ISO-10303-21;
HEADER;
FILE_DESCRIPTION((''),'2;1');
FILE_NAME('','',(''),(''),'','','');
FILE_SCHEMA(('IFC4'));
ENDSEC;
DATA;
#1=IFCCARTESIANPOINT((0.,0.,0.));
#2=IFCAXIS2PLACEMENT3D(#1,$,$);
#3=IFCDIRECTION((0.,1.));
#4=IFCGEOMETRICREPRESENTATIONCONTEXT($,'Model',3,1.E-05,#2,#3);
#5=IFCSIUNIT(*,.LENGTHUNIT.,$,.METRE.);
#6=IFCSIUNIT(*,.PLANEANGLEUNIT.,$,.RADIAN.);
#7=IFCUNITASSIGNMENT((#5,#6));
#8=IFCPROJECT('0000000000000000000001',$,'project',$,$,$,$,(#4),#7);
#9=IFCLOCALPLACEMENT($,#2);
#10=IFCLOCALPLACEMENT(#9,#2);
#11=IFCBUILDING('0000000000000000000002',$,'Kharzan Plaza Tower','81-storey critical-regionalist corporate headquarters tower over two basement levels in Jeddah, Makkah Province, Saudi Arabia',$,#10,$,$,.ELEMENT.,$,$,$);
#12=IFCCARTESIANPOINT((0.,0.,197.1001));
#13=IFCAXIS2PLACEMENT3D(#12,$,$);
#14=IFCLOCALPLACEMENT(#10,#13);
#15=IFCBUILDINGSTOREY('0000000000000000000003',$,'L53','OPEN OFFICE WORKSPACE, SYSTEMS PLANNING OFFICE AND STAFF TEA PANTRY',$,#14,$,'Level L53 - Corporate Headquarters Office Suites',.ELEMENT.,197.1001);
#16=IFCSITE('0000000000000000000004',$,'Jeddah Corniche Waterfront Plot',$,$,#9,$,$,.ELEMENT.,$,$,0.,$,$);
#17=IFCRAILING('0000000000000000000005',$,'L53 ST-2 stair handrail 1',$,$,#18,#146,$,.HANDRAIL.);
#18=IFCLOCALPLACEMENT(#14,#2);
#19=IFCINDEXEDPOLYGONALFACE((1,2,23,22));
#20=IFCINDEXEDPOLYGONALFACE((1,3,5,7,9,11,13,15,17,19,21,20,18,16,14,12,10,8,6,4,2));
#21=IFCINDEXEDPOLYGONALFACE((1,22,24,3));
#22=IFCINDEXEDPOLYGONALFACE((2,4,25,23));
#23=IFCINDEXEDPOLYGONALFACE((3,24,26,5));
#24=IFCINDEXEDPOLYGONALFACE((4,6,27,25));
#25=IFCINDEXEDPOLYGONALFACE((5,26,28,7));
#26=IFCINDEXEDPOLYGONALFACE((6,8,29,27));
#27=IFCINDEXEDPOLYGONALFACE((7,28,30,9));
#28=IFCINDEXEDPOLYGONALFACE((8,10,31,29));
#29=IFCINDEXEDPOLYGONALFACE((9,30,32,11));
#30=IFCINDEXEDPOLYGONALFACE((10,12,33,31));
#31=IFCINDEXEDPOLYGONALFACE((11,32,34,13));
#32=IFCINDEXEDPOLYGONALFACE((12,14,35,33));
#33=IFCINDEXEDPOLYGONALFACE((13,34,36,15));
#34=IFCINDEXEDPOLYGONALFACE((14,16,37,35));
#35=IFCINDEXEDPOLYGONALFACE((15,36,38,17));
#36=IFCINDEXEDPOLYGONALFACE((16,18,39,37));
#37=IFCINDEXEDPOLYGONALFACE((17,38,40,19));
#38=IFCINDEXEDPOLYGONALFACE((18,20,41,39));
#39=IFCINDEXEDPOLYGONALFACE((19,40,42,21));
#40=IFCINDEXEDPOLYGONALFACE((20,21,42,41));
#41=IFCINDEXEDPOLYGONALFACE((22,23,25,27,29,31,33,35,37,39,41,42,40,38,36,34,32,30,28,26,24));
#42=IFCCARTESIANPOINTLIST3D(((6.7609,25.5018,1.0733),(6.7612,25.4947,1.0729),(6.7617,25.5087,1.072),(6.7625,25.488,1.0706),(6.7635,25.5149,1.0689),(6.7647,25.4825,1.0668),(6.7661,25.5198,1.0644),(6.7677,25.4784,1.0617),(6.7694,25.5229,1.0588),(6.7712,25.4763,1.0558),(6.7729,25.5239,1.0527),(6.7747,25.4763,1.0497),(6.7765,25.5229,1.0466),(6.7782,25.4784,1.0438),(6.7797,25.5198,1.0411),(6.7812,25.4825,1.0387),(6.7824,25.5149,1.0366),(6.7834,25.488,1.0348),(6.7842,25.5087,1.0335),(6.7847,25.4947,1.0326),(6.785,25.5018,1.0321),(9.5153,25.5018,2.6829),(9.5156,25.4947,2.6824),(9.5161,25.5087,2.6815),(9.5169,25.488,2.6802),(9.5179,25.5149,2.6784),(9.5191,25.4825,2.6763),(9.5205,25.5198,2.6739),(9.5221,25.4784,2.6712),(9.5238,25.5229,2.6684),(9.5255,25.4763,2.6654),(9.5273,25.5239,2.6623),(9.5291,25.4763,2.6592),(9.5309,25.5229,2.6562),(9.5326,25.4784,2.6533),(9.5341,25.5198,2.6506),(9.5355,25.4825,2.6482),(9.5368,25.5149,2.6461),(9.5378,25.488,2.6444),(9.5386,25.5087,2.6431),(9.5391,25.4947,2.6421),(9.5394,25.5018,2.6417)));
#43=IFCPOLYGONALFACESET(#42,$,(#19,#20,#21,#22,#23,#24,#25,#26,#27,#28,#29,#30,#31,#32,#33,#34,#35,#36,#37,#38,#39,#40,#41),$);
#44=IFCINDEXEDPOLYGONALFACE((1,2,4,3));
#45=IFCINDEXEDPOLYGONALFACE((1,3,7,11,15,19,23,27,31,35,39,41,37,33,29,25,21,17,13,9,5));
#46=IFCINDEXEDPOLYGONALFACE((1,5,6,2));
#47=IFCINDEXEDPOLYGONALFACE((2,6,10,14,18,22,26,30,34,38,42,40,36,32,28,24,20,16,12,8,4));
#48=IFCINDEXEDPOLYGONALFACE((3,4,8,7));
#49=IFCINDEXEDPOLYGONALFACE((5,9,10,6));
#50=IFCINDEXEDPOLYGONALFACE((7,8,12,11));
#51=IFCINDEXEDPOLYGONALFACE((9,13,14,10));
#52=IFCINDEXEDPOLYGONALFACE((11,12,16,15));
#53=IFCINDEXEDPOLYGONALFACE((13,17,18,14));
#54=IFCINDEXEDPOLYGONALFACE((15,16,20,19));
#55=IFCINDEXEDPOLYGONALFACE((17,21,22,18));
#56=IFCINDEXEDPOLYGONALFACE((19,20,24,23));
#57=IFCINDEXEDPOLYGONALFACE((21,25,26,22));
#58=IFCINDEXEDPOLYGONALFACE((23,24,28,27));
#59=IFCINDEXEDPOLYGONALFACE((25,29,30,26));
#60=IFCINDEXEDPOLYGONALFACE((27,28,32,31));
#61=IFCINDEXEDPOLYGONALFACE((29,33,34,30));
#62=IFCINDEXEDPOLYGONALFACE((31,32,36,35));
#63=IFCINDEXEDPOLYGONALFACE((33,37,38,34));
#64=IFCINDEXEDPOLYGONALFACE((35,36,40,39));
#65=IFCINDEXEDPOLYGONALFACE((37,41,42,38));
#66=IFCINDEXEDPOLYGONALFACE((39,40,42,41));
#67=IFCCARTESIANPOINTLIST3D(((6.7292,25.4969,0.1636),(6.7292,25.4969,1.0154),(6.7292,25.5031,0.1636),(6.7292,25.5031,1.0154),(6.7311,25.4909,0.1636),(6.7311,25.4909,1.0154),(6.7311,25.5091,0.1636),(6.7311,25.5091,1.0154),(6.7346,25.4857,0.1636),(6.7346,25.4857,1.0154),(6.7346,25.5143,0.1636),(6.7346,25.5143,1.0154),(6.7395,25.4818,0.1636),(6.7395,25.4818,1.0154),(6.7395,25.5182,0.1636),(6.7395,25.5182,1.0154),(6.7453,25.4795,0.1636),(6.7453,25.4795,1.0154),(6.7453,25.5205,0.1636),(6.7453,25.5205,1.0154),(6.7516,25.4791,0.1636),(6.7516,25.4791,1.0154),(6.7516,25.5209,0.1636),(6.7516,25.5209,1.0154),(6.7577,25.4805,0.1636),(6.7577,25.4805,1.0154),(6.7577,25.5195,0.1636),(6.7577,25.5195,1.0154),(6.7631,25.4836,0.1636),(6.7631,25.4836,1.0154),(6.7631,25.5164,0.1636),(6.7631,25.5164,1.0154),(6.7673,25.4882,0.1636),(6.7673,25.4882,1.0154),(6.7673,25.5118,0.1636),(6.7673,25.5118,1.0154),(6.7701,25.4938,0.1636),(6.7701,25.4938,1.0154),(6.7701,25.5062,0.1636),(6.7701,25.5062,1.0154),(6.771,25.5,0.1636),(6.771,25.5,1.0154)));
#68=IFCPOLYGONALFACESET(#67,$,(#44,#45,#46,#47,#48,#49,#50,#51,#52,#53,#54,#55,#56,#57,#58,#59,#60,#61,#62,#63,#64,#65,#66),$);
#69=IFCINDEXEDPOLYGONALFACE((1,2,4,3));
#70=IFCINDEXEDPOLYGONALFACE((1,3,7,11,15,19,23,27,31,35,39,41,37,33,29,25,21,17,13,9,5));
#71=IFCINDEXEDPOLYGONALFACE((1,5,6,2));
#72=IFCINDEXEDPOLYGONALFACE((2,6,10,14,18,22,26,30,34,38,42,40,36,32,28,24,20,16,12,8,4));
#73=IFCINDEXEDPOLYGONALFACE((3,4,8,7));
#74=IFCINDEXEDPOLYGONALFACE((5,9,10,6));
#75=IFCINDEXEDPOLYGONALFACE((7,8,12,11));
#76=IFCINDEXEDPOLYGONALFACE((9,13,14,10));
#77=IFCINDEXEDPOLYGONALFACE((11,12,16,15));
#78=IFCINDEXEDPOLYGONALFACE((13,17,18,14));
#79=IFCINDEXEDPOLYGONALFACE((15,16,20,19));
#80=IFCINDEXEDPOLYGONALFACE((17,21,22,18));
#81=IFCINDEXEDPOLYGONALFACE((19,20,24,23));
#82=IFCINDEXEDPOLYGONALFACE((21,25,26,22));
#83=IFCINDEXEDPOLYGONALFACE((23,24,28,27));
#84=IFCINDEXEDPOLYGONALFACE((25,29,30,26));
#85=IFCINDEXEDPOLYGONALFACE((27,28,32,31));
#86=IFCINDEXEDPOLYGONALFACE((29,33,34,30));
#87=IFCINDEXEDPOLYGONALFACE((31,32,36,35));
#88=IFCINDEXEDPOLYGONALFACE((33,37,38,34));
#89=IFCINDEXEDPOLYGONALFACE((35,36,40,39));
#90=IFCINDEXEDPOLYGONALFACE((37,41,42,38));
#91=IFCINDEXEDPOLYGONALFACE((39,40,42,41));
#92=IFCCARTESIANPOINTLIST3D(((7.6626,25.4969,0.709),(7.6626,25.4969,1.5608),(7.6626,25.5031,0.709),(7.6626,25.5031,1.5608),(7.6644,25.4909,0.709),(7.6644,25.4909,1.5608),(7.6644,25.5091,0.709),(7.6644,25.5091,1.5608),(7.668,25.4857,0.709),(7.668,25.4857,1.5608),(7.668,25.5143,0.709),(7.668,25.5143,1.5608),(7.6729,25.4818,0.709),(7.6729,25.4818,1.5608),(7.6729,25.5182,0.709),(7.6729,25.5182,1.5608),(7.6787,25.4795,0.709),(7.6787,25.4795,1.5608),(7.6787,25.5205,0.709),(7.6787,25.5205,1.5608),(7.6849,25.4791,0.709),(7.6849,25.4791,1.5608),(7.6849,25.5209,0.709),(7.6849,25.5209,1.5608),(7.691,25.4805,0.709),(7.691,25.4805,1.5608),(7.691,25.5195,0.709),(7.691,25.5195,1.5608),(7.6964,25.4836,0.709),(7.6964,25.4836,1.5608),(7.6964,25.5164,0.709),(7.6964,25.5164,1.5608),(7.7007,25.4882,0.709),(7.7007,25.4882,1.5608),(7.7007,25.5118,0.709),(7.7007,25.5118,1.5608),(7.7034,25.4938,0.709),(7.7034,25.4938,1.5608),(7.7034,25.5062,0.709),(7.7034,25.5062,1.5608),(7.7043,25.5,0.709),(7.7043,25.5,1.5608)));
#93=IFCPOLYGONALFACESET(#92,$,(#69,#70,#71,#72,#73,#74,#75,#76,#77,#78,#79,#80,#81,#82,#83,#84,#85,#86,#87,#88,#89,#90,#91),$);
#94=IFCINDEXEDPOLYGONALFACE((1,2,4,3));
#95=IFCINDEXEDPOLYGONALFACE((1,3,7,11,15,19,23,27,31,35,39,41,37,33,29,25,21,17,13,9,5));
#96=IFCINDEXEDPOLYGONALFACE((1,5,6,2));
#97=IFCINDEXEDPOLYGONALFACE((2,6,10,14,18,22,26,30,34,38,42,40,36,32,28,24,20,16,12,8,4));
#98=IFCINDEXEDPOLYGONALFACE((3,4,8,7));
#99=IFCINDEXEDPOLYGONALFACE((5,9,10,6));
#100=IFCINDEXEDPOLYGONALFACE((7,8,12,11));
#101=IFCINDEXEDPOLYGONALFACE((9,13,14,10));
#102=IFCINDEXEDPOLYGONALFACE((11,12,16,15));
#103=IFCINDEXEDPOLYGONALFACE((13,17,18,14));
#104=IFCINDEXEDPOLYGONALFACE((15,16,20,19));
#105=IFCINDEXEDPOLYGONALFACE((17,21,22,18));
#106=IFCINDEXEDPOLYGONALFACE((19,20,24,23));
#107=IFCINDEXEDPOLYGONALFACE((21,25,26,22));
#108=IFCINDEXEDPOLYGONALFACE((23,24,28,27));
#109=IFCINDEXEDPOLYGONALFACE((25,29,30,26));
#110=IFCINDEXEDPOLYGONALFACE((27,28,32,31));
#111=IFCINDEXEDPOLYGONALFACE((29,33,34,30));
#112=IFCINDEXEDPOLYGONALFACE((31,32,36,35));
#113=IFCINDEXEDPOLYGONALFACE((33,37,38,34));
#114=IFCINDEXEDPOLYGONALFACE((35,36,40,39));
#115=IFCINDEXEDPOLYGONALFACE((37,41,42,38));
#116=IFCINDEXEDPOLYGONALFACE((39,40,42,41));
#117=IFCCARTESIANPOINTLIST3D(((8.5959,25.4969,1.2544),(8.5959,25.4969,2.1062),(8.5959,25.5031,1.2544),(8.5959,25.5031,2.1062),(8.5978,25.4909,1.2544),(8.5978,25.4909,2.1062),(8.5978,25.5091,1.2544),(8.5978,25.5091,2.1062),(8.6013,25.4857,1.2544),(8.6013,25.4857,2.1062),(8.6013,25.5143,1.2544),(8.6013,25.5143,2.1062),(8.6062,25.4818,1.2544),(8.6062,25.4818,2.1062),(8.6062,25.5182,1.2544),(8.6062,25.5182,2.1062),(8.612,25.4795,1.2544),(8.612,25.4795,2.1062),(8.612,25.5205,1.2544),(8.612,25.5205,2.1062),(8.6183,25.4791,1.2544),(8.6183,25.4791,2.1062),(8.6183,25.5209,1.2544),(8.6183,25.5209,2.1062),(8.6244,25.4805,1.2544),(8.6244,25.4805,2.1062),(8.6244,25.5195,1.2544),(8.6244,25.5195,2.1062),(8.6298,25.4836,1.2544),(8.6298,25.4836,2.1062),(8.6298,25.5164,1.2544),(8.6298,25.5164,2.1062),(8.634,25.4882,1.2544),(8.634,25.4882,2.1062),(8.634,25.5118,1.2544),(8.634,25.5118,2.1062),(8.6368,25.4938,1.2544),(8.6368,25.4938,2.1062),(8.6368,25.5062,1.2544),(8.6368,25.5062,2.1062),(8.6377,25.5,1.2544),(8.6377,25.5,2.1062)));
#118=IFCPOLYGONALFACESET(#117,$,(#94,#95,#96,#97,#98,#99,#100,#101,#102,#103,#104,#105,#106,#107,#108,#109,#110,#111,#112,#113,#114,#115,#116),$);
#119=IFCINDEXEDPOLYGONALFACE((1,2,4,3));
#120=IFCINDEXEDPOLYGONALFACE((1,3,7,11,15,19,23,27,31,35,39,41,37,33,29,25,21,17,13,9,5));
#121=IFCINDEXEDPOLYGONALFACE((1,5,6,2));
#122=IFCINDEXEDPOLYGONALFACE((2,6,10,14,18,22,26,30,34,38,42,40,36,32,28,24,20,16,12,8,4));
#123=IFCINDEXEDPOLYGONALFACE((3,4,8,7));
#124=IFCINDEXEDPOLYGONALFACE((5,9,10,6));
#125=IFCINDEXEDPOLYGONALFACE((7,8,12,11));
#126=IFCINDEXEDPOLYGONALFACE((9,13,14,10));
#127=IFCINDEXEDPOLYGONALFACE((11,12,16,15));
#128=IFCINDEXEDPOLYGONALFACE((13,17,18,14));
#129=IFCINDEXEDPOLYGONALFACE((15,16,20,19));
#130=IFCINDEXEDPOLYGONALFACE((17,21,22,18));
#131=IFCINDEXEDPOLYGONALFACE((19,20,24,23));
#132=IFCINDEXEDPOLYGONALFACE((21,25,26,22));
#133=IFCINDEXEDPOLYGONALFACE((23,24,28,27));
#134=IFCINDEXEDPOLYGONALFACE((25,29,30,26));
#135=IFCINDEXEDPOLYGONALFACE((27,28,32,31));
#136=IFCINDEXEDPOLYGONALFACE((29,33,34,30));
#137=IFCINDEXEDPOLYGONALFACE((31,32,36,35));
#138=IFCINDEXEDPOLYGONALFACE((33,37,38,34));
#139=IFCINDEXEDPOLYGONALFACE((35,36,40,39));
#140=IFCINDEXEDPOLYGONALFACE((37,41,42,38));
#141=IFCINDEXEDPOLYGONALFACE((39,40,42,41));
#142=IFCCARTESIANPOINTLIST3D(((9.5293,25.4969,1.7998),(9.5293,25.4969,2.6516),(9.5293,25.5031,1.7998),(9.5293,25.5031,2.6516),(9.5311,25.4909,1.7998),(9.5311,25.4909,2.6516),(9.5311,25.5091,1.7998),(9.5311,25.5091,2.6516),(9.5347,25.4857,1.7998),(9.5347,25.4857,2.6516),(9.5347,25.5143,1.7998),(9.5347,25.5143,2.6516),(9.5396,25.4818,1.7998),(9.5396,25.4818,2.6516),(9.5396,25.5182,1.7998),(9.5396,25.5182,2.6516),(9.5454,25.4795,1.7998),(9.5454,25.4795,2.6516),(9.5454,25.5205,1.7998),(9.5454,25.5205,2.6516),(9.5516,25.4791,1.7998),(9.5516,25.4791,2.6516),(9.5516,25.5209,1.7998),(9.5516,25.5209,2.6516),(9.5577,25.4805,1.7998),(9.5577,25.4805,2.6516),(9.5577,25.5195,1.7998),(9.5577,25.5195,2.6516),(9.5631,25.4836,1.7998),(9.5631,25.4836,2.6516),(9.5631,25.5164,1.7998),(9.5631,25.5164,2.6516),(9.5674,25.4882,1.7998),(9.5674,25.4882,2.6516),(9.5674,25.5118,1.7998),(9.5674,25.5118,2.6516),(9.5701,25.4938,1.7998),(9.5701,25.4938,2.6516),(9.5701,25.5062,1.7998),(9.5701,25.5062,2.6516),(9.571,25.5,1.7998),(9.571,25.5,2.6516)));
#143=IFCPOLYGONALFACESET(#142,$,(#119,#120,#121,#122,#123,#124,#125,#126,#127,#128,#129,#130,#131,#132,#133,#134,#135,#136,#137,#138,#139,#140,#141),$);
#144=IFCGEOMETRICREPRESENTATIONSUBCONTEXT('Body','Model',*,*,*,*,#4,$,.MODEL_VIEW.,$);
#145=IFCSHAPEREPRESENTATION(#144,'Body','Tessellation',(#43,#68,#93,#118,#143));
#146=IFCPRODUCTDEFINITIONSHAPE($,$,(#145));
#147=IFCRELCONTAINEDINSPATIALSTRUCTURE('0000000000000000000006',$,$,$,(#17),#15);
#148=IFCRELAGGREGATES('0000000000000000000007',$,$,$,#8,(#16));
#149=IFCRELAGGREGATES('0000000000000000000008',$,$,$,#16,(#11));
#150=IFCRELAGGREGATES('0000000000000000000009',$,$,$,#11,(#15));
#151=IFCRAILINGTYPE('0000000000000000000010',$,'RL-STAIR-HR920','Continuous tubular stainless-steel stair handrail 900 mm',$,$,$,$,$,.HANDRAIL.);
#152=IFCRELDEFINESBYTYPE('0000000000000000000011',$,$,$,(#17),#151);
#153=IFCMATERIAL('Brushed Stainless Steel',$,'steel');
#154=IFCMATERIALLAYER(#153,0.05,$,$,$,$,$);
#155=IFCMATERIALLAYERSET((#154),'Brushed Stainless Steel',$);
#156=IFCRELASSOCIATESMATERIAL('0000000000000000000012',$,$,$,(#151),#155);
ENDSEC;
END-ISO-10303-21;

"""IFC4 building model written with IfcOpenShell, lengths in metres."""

from ifc_helpers import new_model, si_unit, direction, frame, origin, origin_2d, place, context, subcontext, project, spatial, circle, extrude, source, transform, mapped, material, layer, layer_set, type_object, element, save


model = new_model("IFC4")

# Units and contexts
model_context = context("Model", 3, precision=1e-05, world=origin(), true_north=direction((0.0, 1.0)))
body_context = subcontext(model_context, "Body", "Model", "MODEL_VIEW")
ifc_project = project(units=[si_unit("LENGTHUNIT", "METRE"), si_unit("PLANEANGLEUNIT", "RADIAN")], contexts=[model_context])

# Site, building, storey
site_placement = place(None, origin())
site = spatial("IfcSite", under=ifc_project, at=site_placement, Name="Jeddah Corniche Waterfront Plot", CompositionType="ELEMENT", RefElevation=0.0)
building_placement = place(site_placement, origin())
building = spatial("IfcBuilding", under=site, at=building_placement, Name="Kharzan Plaza Tower", Description="81-storey critical-regionalist corporate headquarters tower over two basement levels in Jeddah, Makkah Province, Saudi Arabia", CompositionType="ELEMENT")
storey_placement = place(building_placement, frame((0.0, 0.0, 197.1001)))
storey = spatial("IfcBuildingStorey", under=building, at=storey_placement, Name="L53", Description="OPEN OFFICE WORKSPACE, SYSTEMS PLANNING OFFICE AND STAFF TEA PANTRY", LongName="Level L53 - Corporate Headquarters Office Suites", CompositionType="ELEMENT", Elevation=197.1001)

# Railing
ifc_material_1 = material(Name="Brushed Stainless Steel", Category="steel")
ifc_layer_1 = layer(ifc_material_1, 0.05)
ifc_layer_set_1 = layer_set([ifc_layer_1], Name="Brushed Stainless Steel")
railing_type_1 = type_object("IfcRailingType", Name="RL-STAIR-HR920", Description="Continuous tubular stainless-steel stair handrail 900 mm", PredefinedType="HANDRAIL", material=ifc_layer_set_1)
shared_shape_1 = source(origin(), body_context, "Body", "SweptSolid", [
    extrude(circle(Radius=0.0239, at=origin_2d()), frame((0.0229, 0.0, 0.8892), z_axis=(0.863394, 0.0, 0.504531), x_axis=(0.0, 1.0, 0.0)), (0.0, 0.0, 1.0), 3.1902),
    extrude(circle(Radius=0.021, at=origin_2d()), origin(), (0.0, 0.0, 1.0), 0.8518),
    extrude(circle(Radius=0.021, at=origin_2d()), frame((0.9333, 0.0, 0.5454)), (0.0, 0.0, 1.0), 0.8518),
    extrude(circle(Radius=0.021, at=origin_2d()), frame((1.8667, 0.0, 1.0908)), (0.0, 0.0, 1.0), 0.8518),
    extrude(circle(Radius=0.021, at=origin_2d()), frame((2.8, 0.0, 1.6362)), (0.0, 0.0, 1.0), 0.8518),
])
railing_1_placement = place(storey_placement, frame((6.75, 25.5, 0.1636)))
element("IfcRailing", 1, at=railing_1_placement, inside=storey, type_object=railing_type_1, Name="L53 ST-2 stair handrail 1", PredefinedType="HANDRAIL", context=body_context, shape_type="MappedRepresentation", body=[
    mapped(shared_shape_1, transform((0.0, 0.0, 0.0), x_axis=(1.0, 0.0, 0.0), y_axis=(0.0, 1.0, 0.0), z_axis=(0.0, 0.0, 1.0))),
])

save(model, "model.ifc")
